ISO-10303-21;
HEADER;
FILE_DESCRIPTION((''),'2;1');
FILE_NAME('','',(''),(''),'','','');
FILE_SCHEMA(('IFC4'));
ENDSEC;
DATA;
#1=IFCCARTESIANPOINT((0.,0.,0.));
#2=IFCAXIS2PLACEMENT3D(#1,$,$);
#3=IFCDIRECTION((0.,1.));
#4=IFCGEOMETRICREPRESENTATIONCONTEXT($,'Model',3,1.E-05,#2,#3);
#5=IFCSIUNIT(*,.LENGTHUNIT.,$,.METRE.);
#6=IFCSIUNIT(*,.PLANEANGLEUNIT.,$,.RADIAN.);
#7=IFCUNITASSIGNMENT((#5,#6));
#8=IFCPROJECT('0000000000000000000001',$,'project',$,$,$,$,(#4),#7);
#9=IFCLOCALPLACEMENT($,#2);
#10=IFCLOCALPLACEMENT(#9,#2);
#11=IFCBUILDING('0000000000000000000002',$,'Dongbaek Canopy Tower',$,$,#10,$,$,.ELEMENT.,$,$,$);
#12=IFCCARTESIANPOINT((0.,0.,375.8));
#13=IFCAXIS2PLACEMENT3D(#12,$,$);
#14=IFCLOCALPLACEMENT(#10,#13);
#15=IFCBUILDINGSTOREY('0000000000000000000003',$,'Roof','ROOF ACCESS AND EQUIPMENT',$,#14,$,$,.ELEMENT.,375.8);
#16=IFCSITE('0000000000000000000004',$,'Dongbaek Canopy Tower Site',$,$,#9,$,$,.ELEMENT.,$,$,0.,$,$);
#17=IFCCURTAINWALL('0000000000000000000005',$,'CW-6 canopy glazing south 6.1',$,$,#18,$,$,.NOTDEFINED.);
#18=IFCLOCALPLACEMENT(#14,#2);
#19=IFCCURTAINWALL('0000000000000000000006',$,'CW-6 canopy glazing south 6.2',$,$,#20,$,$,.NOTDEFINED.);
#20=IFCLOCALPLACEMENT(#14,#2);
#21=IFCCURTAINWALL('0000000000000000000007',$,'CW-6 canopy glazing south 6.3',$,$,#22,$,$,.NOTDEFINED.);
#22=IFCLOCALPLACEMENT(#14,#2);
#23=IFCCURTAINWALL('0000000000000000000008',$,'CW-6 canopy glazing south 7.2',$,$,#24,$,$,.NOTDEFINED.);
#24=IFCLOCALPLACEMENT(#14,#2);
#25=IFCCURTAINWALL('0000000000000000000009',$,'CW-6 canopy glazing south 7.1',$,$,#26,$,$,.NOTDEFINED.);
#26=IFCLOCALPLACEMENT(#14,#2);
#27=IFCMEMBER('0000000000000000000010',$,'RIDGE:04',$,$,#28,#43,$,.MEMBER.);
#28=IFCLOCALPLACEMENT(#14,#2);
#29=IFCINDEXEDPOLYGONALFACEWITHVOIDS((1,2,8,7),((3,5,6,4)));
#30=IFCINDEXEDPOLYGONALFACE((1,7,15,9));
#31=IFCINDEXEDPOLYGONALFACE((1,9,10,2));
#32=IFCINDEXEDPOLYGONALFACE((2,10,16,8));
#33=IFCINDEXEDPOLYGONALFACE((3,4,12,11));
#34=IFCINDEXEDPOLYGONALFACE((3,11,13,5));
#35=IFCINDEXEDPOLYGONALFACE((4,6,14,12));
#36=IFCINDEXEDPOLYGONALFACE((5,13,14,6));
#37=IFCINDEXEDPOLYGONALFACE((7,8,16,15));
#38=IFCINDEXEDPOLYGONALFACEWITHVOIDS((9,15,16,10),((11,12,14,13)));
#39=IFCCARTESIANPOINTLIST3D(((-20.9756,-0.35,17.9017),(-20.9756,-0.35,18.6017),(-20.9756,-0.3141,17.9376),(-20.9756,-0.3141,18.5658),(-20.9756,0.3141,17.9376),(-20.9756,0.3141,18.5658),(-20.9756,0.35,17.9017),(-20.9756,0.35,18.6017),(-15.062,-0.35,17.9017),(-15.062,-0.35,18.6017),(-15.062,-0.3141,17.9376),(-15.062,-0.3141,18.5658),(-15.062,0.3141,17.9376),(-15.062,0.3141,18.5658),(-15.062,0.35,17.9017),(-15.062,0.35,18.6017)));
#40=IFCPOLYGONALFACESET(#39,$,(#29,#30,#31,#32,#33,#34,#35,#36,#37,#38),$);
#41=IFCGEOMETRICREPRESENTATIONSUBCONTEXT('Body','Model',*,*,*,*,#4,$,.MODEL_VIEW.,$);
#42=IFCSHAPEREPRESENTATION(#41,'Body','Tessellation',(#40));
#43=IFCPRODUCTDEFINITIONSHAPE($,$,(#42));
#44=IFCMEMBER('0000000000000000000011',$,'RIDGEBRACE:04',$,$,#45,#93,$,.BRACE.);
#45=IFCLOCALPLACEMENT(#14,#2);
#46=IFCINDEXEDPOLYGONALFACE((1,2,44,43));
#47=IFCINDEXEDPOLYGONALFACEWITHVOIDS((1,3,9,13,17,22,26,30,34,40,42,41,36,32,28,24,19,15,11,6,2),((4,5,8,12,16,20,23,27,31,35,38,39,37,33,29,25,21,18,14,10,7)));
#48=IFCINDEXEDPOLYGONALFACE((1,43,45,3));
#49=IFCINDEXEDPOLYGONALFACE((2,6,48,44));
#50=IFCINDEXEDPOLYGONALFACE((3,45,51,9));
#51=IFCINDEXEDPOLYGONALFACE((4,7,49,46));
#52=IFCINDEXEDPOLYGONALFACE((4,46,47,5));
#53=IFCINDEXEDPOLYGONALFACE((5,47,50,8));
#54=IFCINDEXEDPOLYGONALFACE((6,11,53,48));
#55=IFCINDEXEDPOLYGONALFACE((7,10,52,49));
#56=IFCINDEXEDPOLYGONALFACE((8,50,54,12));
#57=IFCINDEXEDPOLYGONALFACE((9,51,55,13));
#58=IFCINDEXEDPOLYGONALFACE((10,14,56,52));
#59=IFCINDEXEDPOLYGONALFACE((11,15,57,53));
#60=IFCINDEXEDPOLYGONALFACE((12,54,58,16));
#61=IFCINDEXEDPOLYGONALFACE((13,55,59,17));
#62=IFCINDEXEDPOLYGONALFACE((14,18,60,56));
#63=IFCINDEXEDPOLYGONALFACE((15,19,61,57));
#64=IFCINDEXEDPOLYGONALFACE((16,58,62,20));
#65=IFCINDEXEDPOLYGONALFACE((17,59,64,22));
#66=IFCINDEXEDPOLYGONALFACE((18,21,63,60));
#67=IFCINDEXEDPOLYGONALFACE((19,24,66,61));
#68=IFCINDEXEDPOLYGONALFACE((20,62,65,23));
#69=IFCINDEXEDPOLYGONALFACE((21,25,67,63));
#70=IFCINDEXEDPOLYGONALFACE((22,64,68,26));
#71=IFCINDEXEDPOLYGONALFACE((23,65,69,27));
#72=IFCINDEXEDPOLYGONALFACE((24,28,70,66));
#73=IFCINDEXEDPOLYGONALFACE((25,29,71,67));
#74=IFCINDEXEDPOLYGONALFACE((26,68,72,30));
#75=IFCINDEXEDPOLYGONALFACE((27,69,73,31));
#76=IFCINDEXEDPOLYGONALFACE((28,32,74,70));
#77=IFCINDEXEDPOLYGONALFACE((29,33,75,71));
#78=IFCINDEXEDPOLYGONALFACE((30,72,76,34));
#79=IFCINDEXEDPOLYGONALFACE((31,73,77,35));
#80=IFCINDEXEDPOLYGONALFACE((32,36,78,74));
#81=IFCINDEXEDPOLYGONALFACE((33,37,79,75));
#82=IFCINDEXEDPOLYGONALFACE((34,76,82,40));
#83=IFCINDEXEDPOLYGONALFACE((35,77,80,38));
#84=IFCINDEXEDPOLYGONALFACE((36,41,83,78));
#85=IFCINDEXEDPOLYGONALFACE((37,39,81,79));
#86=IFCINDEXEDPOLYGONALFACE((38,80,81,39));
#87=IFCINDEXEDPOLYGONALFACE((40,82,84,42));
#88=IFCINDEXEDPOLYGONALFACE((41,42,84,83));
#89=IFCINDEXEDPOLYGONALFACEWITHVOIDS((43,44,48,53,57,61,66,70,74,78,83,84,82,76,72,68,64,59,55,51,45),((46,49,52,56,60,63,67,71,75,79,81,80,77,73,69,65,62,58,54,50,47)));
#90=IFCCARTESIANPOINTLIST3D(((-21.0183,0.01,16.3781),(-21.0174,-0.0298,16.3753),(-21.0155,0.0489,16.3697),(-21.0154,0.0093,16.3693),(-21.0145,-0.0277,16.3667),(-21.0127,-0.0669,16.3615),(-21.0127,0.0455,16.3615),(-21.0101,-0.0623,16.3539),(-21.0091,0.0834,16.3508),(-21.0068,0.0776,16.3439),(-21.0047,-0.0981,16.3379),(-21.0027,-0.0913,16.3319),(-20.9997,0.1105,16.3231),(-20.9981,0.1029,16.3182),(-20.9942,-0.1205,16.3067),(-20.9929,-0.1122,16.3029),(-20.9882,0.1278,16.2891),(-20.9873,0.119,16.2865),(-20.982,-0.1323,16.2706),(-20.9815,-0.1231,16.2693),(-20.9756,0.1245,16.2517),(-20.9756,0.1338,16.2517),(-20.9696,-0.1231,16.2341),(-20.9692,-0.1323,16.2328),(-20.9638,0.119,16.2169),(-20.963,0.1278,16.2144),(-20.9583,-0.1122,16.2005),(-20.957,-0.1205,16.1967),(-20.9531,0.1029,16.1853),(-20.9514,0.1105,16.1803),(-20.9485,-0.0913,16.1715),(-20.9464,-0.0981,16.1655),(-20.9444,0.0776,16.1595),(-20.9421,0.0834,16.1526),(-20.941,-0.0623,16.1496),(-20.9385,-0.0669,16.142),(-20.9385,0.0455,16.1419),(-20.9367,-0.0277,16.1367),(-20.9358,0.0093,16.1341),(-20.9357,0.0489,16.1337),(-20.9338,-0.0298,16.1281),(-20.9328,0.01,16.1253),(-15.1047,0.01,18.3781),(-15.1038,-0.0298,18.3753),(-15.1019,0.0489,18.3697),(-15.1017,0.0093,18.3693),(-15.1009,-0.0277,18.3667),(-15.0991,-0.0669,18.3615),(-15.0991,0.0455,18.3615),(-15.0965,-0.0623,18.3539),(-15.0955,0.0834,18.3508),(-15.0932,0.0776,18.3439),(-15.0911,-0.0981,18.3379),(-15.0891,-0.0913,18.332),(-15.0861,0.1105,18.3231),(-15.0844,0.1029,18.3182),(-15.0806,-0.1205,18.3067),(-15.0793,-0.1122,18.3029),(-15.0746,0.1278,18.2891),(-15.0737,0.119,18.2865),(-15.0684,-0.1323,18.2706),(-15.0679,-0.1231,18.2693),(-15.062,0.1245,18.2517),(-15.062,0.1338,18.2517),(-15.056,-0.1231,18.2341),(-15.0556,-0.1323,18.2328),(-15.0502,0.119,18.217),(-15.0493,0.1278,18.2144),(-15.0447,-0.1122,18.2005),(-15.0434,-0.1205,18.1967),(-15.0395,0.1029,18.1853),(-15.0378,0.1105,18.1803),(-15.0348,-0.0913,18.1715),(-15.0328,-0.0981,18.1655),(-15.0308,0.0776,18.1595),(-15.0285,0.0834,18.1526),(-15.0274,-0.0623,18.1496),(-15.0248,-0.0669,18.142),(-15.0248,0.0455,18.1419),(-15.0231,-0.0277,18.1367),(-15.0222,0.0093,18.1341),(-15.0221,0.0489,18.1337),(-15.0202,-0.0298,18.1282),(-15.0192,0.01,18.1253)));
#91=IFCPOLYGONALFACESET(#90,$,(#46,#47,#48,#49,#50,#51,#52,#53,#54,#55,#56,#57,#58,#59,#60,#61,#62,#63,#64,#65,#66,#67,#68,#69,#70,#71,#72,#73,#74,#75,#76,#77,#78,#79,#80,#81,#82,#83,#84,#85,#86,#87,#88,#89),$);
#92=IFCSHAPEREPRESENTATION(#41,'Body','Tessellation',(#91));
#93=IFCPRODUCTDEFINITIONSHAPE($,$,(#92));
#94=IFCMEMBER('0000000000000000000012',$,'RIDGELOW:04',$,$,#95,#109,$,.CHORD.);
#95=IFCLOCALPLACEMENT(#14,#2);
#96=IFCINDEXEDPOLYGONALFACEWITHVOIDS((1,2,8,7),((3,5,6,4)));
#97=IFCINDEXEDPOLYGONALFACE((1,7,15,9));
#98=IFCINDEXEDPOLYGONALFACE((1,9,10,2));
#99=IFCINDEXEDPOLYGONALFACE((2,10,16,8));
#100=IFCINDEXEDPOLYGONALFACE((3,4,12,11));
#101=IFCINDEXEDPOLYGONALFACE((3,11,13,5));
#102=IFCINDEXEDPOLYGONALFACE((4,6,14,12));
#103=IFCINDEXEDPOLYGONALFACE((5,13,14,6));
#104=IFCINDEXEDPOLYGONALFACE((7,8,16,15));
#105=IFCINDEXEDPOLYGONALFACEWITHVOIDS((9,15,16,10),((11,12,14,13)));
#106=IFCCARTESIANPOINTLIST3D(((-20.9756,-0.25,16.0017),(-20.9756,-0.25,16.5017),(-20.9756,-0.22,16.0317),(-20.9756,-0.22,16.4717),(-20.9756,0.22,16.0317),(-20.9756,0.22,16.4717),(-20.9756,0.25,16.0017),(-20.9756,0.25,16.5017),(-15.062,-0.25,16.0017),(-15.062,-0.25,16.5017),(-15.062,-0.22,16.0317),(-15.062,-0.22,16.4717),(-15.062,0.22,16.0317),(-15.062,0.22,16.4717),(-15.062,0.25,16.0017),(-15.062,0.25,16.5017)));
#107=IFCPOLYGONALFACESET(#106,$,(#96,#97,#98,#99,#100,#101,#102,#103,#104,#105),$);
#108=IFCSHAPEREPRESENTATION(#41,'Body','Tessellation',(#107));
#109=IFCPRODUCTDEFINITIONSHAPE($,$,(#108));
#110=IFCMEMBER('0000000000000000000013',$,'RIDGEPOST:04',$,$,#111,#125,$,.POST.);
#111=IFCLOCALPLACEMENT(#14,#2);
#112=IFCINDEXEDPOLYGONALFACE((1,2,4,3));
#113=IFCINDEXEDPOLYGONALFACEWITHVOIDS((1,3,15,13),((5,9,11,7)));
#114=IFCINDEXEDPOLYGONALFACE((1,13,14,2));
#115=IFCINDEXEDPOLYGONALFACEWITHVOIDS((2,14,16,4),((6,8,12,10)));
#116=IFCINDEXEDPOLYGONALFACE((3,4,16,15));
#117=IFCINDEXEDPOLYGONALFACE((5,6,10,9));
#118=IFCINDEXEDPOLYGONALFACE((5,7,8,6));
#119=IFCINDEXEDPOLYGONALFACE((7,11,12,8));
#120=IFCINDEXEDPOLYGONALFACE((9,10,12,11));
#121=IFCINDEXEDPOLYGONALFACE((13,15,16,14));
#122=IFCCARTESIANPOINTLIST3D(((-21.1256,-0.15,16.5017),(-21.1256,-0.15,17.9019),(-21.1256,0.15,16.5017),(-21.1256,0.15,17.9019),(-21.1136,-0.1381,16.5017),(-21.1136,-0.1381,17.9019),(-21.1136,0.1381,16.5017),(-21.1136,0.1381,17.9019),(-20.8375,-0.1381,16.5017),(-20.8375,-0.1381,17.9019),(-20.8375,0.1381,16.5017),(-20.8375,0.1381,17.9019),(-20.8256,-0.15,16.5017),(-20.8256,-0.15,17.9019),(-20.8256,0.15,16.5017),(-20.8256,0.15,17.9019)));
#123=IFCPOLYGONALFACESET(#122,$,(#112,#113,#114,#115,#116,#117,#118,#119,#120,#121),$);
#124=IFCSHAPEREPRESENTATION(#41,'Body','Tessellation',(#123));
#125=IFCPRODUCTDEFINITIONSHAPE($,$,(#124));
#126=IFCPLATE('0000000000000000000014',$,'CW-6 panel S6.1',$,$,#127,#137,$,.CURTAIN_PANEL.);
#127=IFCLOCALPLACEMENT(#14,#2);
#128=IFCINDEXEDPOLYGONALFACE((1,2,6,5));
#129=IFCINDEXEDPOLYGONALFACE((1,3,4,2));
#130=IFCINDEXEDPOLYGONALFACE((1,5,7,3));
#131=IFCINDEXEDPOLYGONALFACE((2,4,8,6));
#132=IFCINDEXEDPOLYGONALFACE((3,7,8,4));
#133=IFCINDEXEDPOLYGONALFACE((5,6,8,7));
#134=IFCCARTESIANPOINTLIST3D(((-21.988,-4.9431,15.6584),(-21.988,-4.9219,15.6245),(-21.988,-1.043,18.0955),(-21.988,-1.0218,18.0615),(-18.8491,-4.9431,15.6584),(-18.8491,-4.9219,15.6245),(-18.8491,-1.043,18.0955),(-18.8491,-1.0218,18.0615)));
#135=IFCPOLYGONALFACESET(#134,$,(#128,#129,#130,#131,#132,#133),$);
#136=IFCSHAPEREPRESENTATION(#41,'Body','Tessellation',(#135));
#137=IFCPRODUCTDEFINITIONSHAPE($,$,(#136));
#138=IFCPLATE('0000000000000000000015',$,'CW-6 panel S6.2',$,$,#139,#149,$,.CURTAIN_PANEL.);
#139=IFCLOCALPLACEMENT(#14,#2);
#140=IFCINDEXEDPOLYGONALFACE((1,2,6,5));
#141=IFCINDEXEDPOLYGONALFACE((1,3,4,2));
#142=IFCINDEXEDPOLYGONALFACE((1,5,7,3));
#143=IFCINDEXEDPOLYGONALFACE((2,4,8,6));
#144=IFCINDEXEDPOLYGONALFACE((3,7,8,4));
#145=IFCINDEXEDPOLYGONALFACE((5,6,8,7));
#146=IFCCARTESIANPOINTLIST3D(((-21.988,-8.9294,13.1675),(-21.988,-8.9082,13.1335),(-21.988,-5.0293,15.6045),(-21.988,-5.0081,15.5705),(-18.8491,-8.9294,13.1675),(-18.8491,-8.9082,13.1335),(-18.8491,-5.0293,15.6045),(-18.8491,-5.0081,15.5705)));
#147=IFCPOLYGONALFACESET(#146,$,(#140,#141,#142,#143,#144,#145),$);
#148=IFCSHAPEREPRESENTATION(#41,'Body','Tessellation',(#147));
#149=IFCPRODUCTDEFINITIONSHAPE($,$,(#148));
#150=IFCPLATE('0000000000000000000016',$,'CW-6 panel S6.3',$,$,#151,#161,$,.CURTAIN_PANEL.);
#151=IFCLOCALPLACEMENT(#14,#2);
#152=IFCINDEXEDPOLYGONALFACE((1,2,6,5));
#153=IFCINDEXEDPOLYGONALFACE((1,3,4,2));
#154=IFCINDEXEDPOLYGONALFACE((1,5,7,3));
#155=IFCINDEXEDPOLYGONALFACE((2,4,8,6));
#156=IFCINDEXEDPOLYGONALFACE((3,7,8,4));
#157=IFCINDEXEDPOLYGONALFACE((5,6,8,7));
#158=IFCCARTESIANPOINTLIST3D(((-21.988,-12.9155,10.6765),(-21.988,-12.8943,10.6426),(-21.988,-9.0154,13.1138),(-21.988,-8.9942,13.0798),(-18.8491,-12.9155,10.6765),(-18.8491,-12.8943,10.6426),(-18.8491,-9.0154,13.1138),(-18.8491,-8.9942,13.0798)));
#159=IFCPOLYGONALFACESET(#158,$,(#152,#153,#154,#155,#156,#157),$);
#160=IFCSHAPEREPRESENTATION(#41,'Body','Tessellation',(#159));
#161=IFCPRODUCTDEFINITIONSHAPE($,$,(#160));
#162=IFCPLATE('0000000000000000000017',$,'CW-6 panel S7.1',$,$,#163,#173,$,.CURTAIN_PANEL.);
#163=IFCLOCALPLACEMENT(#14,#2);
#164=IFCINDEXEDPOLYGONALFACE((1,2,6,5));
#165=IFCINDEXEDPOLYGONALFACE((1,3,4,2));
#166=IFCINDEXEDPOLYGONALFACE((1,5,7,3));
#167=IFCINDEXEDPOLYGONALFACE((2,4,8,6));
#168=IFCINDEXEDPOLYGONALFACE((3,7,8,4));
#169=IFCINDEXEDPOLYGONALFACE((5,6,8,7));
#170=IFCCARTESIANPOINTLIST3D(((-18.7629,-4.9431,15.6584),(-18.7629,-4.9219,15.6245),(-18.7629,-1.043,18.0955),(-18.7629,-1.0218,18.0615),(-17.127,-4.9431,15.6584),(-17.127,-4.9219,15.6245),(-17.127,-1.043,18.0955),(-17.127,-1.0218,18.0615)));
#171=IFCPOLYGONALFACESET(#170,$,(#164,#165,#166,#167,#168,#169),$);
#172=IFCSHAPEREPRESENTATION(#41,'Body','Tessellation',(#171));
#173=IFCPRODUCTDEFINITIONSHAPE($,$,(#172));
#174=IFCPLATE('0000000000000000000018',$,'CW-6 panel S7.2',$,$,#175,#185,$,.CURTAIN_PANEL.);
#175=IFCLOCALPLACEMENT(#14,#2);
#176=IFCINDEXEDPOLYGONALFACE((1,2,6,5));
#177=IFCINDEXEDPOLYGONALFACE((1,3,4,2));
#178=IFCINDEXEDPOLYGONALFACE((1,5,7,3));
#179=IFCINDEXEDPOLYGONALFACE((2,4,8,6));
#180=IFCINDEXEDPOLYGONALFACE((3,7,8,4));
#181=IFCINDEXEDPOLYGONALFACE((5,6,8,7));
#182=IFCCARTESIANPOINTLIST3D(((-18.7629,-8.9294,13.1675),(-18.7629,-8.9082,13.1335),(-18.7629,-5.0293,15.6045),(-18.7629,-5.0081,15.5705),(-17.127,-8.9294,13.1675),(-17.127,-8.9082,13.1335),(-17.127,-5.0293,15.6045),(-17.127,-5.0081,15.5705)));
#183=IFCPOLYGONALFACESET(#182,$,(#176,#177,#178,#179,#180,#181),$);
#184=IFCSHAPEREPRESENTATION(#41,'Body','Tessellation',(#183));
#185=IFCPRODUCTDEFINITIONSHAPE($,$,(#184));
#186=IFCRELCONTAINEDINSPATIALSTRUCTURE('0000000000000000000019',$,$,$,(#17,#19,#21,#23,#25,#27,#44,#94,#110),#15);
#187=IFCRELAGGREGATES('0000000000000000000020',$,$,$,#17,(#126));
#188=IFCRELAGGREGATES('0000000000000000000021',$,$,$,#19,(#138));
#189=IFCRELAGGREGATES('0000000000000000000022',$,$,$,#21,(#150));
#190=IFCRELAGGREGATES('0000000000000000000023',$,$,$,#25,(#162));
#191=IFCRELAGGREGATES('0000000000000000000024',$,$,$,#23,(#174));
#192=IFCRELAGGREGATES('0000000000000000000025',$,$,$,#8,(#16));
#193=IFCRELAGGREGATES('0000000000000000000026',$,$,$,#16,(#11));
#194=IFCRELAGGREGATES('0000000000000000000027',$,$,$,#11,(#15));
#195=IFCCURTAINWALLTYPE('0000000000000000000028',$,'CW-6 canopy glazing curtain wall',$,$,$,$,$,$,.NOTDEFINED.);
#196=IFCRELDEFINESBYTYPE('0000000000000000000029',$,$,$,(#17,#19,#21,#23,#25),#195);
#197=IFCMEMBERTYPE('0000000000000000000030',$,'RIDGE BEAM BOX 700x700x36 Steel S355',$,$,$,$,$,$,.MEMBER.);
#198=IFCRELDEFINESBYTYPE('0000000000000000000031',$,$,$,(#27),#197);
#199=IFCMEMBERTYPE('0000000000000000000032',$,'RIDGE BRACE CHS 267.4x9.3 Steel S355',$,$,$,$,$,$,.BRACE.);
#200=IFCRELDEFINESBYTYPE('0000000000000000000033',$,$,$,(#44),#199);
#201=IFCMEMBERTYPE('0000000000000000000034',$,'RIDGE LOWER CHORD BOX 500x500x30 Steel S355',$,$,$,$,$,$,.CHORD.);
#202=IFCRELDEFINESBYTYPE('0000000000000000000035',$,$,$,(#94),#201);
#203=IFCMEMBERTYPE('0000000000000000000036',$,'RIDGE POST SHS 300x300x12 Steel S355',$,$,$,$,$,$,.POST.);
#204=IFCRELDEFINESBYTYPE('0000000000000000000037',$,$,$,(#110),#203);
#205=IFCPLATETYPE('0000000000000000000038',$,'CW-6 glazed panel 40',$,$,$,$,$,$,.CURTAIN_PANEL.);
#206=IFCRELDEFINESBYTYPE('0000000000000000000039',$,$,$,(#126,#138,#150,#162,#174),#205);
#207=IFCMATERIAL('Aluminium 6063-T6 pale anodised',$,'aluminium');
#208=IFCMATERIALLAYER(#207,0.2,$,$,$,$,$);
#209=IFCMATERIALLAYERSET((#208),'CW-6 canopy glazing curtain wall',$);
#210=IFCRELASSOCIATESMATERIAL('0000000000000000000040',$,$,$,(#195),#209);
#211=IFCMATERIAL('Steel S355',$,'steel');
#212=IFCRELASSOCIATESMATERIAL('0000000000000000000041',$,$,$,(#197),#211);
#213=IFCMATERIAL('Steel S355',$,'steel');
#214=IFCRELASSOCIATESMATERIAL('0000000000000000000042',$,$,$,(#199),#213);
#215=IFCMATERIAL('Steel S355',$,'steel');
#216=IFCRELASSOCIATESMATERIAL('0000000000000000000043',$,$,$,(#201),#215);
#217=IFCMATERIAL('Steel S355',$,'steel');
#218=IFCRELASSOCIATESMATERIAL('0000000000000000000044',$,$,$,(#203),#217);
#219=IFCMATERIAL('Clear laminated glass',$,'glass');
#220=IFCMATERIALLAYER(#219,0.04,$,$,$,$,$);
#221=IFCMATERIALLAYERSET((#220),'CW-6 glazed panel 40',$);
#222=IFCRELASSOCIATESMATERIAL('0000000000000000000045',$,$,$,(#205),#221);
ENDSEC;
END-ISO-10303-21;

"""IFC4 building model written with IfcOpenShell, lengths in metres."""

from ifc_helpers import new_model, si_unit, direction, frame, origin, origin_2d, place, context, subcontext, project, spatial, polyline, hollow_rectangle, hollow_circle, outline, extrude, material, layer, layer_set, material_profile, profile_set, type_object, element, aggregate, save


model = new_model("IFC4")

# Units and contexts
model_context = context("Model", 3, precision=1e-05, world=origin(), true_north=direction((0.0, 1.0)))
body_context = subcontext(model_context, "Body", "Model", "MODEL_VIEW")
ifc_project = project(units=[si_unit("LENGTHUNIT", "METRE"), si_unit("PLANEANGLEUNIT", "RADIAN")], contexts=[model_context])

# Site, building, storey
site_placement = place(None, origin())
site = spatial("IfcSite", under=ifc_project, at=site_placement, Name="Dongbaek Canopy Tower Site", CompositionType="ELEMENT", RefElevation=0.0)
building_placement = place(site_placement, origin())
building = spatial("IfcBuilding", under=site, at=building_placement, Name="Dongbaek Canopy Tower", CompositionType="ELEMENT")
storey_placement = place(building_placement, frame((0.0, 0.0, 375.8)))
storey = spatial("IfcBuildingStorey", under=building, at=storey_placement, Name="Roof", Description="ROOF ACCESS AND EQUIPMENT", CompositionType="ELEMENT", Elevation=375.8)

# Curtain walls
ifc_material_1 = material(Name="Aluminium 6063-T6 pale anodised", Category="aluminium")
ifc_layer_1 = layer(ifc_material_1, 0.2)
ifc_layer_set_1 = layer_set([ifc_layer_1], Name="CW-6 canopy glazing curtain wall")
curtain_wall_type = type_object("IfcCurtainWallType", Name="CW-6 canopy glazing curtain wall", PredefinedType="NOTDEFINED", material=ifc_layer_set_1)
curtain_wall_1_placement = place(storey_placement, origin())
curtain_wall_1 = element("IfcCurtainWall", 1, at=curtain_wall_1_placement, inside=storey, type_object=curtain_wall_type, Name="CW-6 canopy glazing south 6.1", PredefinedType="NOTDEFINED")
curtain_wall_2_placement = place(storey_placement, origin())
curtain_wall_2 = element("IfcCurtainWall", 2, at=curtain_wall_2_placement, inside=storey, type_object=curtain_wall_type, Name="CW-6 canopy glazing south 6.2", PredefinedType="NOTDEFINED")
curtain_wall_3_placement = place(storey_placement, origin())
curtain_wall_3 = element("IfcCurtainWall", 3, at=curtain_wall_3_placement, inside=storey, type_object=curtain_wall_type, Name="CW-6 canopy glazing south 6.3", PredefinedType="NOTDEFINED")
curtain_wall_4_placement = place(storey_placement, origin())
curtain_wall_4 = element("IfcCurtainWall", 4, at=curtain_wall_4_placement, inside=storey, type_object=curtain_wall_type, Name="CW-6 canopy glazing south 7.2", PredefinedType="NOTDEFINED")

# Curtain wall
curtain_wall_5_placement = place(storey_placement, origin())
curtain_wall_5 = element("IfcCurtainWall", 5, at=curtain_wall_5_placement, inside=storey, type_object=curtain_wall_type, Name="CW-6 canopy glazing south 7.1", PredefinedType="NOTDEFINED")

# Members
ifc_material_2 = material(Name="Steel S355", Category="steel")
ifc_material_profile_1 = material_profile(ifc_material_2, hollow_rectangle(XDim=0.7, YDim=0.7, WallThickness=0.0359, at=origin_2d()), Name="RIDGE BEAM BOX 700x700x36 Steel S355")
ifc_profile_set_1 = profile_set([ifc_material_profile_1], Name="Steel S355")
member_type_1 = type_object("IfcMemberType", Name="RIDGE BEAM BOX 700x700x36 Steel S355", PredefinedType="MEMBER", material=ifc_profile_set_1)
member_1_placement = place(storey_placement, frame((-20.9756, 0.0, 18.2517), z_axis=(1.0, 0.0, 0.0), x_axis=(0.0, 1.0, 0.0)))
element("IfcMember", 6, at=member_1_placement, inside=storey, type_object=member_type_1, Name="RIDGE:04", PredefinedType="MEMBER", context=body_context, shape_type="SweptSolid", body=[
    extrude(hollow_rectangle(XDim=0.7, YDim=0.7, WallThickness=0.0359, at=origin_2d()), origin(), (0.0, 0.0, 1.0), 5.9136),
])
ifc_material_3 = material(Name="Steel S355", Category="steel")
ifc_material_profile_2 = material_profile(ifc_material_3, hollow_circle(Radius=0.1338, WallThickness=0.0093, at=origin_2d()), Name="RIDGE BRACE CHS 267.4x9.3 Steel S355")
ifc_profile_set_2 = profile_set([ifc_material_profile_2], Name="Steel S355")
member_type_2 = type_object("IfcMemberType", Name="RIDGE BRACE CHS 267.4x9.3 Steel S355", PredefinedType="BRACE", material=ifc_profile_set_2)
member_2_placement = place(storey_placement, frame((-20.9756, 0.0, 16.2517), z_axis=(0.94729, 0.0, 0.320378), x_axis=(0.0, 1.0, 0.0)))
element("IfcMember", 7, at=member_2_placement, inside=storey, type_object=member_type_2, Name="RIDGEBRACE:04", PredefinedType="BRACE", context=body_context, shape_type="SweptSolid", body=[
    extrude(hollow_circle(Radius=0.1338, WallThickness=0.0093, at=origin_2d()), origin(), (0.0, 0.0, 1.0), 6.2427),
])
ifc_material_4 = material(Name="Steel S355", Category="steel")
ifc_material_profile_3 = material_profile(ifc_material_4, hollow_rectangle(XDim=0.5, YDim=0.5, WallThickness=0.03, at=origin_2d()), Name="RIDGE LOWER CHORD BOX 500x500x30 Steel S355")
ifc_profile_set_3 = profile_set([ifc_material_profile_3], Name="Steel S355")
member_type_3 = type_object("IfcMemberType", Name="RIDGE LOWER CHORD BOX 500x500x30 Steel S355", PredefinedType="CHORD", material=ifc_profile_set_3)
member_3_placement = place(storey_placement, frame((-20.9756, 0.0, 16.2517), z_axis=(1.0, 0.0, 0.0), x_axis=(0.0, 1.0, 0.0)))
element("IfcMember", 8, at=member_3_placement, inside=storey, type_object=member_type_3, Name="RIDGELOW:04", PredefinedType="CHORD", context=body_context, shape_type="SweptSolid", body=[
    extrude(hollow_rectangle(XDim=0.5, YDim=0.5, WallThickness=0.03, at=origin_2d()), origin(), (0.0, 0.0, 1.0), 5.9136),
])
ifc_material_5 = material(Name="Steel S355", Category="steel")
ifc_material_profile_4 = material_profile(ifc_material_5, hollow_rectangle(XDim=0.3, YDim=0.3, WallThickness=0.012, at=origin_2d()), Name="RIDGE POST SHS 300x300x12 Steel S355")
ifc_profile_set_4 = profile_set([ifc_material_profile_4], Name="Steel S355")
member_type_4 = type_object("IfcMemberType", Name="RIDGE POST SHS 300x300x12 Steel S355", PredefinedType="POST", material=ifc_profile_set_4)
member_4_placement = place(storey_placement, frame((-20.9756, 0.0, 16.5017), z_axis=(0.0, 0.0, 1.0), x_axis=(1.0, 0.0, 0.0)))
element("IfcMember", 9, at=member_4_placement, inside=storey, type_object=member_type_4, Name="RIDGEPOST:04", PredefinedType="POST", context=body_context, shape_type="SweptSolid", body=[
    extrude(hollow_rectangle(XDim=0.3, YDim=0.3, WallThickness=0.012, at=origin_2d()), origin(), (0.0, 0.0, 1.0), 1.4001),
])

# Plates
ifc_material_6 = material(Name="Clear laminated glass", Category="glass")
ifc_layer_2 = layer(ifc_material_6, 0.04)
ifc_layer_set_2 = layer_set([ifc_layer_2], Name="CW-6 glazed panel 40")
plate_type = type_object("IfcPlateType", Name="CW-6 glazed panel 40", PredefinedType="CURTAIN_PANEL", material=ifc_layer_set_2)
plate_1_placement = place(storey_placement, frame((-21.988, -1.043, 18.0955), z_axis=(0.0, -0.529908, 0.848055), x_axis=(1.0, 0.0, 0.0)))
plate_1 = element("IfcPlate", 10, at=plate_1_placement, type_object=plate_type, Name="CW-6 panel S6.1", PredefinedType="CURTAIN_PANEL", context=body_context, shape_type="SweptSolid", body=[
    extrude(outline(polyline([(0.0, 0.0), (3.1389, 0.0), (3.1389, -4.5989), (0.0, -4.5989), (0.0, 0.0)])), origin(), (0.0, 0.0, -1.0), 0.04),
])
aggregate(curtain_wall_1, [plate_1])
plate_2_placement = place(storey_placement, frame((-21.988, -5.0293, 15.6045), z_axis=(0.0, -0.529908, 0.848055), x_axis=(1.0, 0.0, 0.0)))
plate_2 = element("IfcPlate", 11, at=plate_2_placement, type_object=plate_type, Name="CW-6 panel S6.2", PredefinedType="CURTAIN_PANEL", context=body_context, shape_type="SweptSolid", body=[
    extrude(outline(polyline([(0.0, 0.0), (3.1389, 0.0), (3.1389, -4.5989), (0.0, -4.5989), (0.0, 0.0)])), origin(), (0.0, 0.0, -1.0), 0.04),
])
aggregate(curtain_wall_2, [plate_2])
plate_3_placement = place(storey_placement, frame((-21.988, -9.0154, 13.1138), z_axis=(0.0, -0.529946, 0.848031), x_axis=(1.0, 0.0, 0.0)))
plate_3 = element("IfcPlate", 12, at=plate_3_placement, type_object=plate_type, Name="CW-6 panel S6.3", PredefinedType="CURTAIN_PANEL", context=body_context, shape_type="SweptSolid", body=[
    extrude(outline(polyline([(0.0, 0.0), (3.1389, 0.0), (3.1389, -4.5991), (0.0, -4.5991), (0.0, 0.0)])), origin(), (0.0, 0.0, -1.0), 0.04),
])
aggregate(curtain_wall_3, [plate_3])
plate_4_placement = place(storey_placement, frame((-18.7629, -1.043, 18.0955), z_axis=(0.0, -0.529908, 0.848055), x_axis=(1.0, 0.0, 0.0)))
plate_4 = element("IfcPlate", 13, at=plate_4_placement, type_object=plate_type, Name="CW-6 panel S7.1", PredefinedType="CURTAIN_PANEL", context=body_context, shape_type="SweptSolid", body=[
    extrude(outline(polyline([(0.0, 0.0), (1.636, 0.0), (1.636, -4.5989), (0.0, -4.5989), (0.0, 0.0)])), origin(), (0.0, 0.0, -1.0), 0.04),
])
aggregate(curtain_wall_5, [plate_4])
plate_5_placement = place(storey_placement, frame((-18.7629, -5.0293, 15.6045), z_axis=(0.0, -0.529908, 0.848055), x_axis=(1.0, 0.0, 0.0)))
plate_5 = element("IfcPlate", 14, at=plate_5_placement, type_object=plate_type, Name="CW-6 panel S7.2", PredefinedType="CURTAIN_PANEL", context=body_context, shape_type="SweptSolid", body=[
    extrude(outline(polyline([(0.0, 0.0), (1.636, 0.0), (1.636, -4.5989), (0.0, -4.5989), (0.0, 0.0)])), origin(), (0.0, 0.0, -1.0), 0.04),
])
aggregate(curtain_wall_4, [plate_5])

save(model, "model.ifc")
